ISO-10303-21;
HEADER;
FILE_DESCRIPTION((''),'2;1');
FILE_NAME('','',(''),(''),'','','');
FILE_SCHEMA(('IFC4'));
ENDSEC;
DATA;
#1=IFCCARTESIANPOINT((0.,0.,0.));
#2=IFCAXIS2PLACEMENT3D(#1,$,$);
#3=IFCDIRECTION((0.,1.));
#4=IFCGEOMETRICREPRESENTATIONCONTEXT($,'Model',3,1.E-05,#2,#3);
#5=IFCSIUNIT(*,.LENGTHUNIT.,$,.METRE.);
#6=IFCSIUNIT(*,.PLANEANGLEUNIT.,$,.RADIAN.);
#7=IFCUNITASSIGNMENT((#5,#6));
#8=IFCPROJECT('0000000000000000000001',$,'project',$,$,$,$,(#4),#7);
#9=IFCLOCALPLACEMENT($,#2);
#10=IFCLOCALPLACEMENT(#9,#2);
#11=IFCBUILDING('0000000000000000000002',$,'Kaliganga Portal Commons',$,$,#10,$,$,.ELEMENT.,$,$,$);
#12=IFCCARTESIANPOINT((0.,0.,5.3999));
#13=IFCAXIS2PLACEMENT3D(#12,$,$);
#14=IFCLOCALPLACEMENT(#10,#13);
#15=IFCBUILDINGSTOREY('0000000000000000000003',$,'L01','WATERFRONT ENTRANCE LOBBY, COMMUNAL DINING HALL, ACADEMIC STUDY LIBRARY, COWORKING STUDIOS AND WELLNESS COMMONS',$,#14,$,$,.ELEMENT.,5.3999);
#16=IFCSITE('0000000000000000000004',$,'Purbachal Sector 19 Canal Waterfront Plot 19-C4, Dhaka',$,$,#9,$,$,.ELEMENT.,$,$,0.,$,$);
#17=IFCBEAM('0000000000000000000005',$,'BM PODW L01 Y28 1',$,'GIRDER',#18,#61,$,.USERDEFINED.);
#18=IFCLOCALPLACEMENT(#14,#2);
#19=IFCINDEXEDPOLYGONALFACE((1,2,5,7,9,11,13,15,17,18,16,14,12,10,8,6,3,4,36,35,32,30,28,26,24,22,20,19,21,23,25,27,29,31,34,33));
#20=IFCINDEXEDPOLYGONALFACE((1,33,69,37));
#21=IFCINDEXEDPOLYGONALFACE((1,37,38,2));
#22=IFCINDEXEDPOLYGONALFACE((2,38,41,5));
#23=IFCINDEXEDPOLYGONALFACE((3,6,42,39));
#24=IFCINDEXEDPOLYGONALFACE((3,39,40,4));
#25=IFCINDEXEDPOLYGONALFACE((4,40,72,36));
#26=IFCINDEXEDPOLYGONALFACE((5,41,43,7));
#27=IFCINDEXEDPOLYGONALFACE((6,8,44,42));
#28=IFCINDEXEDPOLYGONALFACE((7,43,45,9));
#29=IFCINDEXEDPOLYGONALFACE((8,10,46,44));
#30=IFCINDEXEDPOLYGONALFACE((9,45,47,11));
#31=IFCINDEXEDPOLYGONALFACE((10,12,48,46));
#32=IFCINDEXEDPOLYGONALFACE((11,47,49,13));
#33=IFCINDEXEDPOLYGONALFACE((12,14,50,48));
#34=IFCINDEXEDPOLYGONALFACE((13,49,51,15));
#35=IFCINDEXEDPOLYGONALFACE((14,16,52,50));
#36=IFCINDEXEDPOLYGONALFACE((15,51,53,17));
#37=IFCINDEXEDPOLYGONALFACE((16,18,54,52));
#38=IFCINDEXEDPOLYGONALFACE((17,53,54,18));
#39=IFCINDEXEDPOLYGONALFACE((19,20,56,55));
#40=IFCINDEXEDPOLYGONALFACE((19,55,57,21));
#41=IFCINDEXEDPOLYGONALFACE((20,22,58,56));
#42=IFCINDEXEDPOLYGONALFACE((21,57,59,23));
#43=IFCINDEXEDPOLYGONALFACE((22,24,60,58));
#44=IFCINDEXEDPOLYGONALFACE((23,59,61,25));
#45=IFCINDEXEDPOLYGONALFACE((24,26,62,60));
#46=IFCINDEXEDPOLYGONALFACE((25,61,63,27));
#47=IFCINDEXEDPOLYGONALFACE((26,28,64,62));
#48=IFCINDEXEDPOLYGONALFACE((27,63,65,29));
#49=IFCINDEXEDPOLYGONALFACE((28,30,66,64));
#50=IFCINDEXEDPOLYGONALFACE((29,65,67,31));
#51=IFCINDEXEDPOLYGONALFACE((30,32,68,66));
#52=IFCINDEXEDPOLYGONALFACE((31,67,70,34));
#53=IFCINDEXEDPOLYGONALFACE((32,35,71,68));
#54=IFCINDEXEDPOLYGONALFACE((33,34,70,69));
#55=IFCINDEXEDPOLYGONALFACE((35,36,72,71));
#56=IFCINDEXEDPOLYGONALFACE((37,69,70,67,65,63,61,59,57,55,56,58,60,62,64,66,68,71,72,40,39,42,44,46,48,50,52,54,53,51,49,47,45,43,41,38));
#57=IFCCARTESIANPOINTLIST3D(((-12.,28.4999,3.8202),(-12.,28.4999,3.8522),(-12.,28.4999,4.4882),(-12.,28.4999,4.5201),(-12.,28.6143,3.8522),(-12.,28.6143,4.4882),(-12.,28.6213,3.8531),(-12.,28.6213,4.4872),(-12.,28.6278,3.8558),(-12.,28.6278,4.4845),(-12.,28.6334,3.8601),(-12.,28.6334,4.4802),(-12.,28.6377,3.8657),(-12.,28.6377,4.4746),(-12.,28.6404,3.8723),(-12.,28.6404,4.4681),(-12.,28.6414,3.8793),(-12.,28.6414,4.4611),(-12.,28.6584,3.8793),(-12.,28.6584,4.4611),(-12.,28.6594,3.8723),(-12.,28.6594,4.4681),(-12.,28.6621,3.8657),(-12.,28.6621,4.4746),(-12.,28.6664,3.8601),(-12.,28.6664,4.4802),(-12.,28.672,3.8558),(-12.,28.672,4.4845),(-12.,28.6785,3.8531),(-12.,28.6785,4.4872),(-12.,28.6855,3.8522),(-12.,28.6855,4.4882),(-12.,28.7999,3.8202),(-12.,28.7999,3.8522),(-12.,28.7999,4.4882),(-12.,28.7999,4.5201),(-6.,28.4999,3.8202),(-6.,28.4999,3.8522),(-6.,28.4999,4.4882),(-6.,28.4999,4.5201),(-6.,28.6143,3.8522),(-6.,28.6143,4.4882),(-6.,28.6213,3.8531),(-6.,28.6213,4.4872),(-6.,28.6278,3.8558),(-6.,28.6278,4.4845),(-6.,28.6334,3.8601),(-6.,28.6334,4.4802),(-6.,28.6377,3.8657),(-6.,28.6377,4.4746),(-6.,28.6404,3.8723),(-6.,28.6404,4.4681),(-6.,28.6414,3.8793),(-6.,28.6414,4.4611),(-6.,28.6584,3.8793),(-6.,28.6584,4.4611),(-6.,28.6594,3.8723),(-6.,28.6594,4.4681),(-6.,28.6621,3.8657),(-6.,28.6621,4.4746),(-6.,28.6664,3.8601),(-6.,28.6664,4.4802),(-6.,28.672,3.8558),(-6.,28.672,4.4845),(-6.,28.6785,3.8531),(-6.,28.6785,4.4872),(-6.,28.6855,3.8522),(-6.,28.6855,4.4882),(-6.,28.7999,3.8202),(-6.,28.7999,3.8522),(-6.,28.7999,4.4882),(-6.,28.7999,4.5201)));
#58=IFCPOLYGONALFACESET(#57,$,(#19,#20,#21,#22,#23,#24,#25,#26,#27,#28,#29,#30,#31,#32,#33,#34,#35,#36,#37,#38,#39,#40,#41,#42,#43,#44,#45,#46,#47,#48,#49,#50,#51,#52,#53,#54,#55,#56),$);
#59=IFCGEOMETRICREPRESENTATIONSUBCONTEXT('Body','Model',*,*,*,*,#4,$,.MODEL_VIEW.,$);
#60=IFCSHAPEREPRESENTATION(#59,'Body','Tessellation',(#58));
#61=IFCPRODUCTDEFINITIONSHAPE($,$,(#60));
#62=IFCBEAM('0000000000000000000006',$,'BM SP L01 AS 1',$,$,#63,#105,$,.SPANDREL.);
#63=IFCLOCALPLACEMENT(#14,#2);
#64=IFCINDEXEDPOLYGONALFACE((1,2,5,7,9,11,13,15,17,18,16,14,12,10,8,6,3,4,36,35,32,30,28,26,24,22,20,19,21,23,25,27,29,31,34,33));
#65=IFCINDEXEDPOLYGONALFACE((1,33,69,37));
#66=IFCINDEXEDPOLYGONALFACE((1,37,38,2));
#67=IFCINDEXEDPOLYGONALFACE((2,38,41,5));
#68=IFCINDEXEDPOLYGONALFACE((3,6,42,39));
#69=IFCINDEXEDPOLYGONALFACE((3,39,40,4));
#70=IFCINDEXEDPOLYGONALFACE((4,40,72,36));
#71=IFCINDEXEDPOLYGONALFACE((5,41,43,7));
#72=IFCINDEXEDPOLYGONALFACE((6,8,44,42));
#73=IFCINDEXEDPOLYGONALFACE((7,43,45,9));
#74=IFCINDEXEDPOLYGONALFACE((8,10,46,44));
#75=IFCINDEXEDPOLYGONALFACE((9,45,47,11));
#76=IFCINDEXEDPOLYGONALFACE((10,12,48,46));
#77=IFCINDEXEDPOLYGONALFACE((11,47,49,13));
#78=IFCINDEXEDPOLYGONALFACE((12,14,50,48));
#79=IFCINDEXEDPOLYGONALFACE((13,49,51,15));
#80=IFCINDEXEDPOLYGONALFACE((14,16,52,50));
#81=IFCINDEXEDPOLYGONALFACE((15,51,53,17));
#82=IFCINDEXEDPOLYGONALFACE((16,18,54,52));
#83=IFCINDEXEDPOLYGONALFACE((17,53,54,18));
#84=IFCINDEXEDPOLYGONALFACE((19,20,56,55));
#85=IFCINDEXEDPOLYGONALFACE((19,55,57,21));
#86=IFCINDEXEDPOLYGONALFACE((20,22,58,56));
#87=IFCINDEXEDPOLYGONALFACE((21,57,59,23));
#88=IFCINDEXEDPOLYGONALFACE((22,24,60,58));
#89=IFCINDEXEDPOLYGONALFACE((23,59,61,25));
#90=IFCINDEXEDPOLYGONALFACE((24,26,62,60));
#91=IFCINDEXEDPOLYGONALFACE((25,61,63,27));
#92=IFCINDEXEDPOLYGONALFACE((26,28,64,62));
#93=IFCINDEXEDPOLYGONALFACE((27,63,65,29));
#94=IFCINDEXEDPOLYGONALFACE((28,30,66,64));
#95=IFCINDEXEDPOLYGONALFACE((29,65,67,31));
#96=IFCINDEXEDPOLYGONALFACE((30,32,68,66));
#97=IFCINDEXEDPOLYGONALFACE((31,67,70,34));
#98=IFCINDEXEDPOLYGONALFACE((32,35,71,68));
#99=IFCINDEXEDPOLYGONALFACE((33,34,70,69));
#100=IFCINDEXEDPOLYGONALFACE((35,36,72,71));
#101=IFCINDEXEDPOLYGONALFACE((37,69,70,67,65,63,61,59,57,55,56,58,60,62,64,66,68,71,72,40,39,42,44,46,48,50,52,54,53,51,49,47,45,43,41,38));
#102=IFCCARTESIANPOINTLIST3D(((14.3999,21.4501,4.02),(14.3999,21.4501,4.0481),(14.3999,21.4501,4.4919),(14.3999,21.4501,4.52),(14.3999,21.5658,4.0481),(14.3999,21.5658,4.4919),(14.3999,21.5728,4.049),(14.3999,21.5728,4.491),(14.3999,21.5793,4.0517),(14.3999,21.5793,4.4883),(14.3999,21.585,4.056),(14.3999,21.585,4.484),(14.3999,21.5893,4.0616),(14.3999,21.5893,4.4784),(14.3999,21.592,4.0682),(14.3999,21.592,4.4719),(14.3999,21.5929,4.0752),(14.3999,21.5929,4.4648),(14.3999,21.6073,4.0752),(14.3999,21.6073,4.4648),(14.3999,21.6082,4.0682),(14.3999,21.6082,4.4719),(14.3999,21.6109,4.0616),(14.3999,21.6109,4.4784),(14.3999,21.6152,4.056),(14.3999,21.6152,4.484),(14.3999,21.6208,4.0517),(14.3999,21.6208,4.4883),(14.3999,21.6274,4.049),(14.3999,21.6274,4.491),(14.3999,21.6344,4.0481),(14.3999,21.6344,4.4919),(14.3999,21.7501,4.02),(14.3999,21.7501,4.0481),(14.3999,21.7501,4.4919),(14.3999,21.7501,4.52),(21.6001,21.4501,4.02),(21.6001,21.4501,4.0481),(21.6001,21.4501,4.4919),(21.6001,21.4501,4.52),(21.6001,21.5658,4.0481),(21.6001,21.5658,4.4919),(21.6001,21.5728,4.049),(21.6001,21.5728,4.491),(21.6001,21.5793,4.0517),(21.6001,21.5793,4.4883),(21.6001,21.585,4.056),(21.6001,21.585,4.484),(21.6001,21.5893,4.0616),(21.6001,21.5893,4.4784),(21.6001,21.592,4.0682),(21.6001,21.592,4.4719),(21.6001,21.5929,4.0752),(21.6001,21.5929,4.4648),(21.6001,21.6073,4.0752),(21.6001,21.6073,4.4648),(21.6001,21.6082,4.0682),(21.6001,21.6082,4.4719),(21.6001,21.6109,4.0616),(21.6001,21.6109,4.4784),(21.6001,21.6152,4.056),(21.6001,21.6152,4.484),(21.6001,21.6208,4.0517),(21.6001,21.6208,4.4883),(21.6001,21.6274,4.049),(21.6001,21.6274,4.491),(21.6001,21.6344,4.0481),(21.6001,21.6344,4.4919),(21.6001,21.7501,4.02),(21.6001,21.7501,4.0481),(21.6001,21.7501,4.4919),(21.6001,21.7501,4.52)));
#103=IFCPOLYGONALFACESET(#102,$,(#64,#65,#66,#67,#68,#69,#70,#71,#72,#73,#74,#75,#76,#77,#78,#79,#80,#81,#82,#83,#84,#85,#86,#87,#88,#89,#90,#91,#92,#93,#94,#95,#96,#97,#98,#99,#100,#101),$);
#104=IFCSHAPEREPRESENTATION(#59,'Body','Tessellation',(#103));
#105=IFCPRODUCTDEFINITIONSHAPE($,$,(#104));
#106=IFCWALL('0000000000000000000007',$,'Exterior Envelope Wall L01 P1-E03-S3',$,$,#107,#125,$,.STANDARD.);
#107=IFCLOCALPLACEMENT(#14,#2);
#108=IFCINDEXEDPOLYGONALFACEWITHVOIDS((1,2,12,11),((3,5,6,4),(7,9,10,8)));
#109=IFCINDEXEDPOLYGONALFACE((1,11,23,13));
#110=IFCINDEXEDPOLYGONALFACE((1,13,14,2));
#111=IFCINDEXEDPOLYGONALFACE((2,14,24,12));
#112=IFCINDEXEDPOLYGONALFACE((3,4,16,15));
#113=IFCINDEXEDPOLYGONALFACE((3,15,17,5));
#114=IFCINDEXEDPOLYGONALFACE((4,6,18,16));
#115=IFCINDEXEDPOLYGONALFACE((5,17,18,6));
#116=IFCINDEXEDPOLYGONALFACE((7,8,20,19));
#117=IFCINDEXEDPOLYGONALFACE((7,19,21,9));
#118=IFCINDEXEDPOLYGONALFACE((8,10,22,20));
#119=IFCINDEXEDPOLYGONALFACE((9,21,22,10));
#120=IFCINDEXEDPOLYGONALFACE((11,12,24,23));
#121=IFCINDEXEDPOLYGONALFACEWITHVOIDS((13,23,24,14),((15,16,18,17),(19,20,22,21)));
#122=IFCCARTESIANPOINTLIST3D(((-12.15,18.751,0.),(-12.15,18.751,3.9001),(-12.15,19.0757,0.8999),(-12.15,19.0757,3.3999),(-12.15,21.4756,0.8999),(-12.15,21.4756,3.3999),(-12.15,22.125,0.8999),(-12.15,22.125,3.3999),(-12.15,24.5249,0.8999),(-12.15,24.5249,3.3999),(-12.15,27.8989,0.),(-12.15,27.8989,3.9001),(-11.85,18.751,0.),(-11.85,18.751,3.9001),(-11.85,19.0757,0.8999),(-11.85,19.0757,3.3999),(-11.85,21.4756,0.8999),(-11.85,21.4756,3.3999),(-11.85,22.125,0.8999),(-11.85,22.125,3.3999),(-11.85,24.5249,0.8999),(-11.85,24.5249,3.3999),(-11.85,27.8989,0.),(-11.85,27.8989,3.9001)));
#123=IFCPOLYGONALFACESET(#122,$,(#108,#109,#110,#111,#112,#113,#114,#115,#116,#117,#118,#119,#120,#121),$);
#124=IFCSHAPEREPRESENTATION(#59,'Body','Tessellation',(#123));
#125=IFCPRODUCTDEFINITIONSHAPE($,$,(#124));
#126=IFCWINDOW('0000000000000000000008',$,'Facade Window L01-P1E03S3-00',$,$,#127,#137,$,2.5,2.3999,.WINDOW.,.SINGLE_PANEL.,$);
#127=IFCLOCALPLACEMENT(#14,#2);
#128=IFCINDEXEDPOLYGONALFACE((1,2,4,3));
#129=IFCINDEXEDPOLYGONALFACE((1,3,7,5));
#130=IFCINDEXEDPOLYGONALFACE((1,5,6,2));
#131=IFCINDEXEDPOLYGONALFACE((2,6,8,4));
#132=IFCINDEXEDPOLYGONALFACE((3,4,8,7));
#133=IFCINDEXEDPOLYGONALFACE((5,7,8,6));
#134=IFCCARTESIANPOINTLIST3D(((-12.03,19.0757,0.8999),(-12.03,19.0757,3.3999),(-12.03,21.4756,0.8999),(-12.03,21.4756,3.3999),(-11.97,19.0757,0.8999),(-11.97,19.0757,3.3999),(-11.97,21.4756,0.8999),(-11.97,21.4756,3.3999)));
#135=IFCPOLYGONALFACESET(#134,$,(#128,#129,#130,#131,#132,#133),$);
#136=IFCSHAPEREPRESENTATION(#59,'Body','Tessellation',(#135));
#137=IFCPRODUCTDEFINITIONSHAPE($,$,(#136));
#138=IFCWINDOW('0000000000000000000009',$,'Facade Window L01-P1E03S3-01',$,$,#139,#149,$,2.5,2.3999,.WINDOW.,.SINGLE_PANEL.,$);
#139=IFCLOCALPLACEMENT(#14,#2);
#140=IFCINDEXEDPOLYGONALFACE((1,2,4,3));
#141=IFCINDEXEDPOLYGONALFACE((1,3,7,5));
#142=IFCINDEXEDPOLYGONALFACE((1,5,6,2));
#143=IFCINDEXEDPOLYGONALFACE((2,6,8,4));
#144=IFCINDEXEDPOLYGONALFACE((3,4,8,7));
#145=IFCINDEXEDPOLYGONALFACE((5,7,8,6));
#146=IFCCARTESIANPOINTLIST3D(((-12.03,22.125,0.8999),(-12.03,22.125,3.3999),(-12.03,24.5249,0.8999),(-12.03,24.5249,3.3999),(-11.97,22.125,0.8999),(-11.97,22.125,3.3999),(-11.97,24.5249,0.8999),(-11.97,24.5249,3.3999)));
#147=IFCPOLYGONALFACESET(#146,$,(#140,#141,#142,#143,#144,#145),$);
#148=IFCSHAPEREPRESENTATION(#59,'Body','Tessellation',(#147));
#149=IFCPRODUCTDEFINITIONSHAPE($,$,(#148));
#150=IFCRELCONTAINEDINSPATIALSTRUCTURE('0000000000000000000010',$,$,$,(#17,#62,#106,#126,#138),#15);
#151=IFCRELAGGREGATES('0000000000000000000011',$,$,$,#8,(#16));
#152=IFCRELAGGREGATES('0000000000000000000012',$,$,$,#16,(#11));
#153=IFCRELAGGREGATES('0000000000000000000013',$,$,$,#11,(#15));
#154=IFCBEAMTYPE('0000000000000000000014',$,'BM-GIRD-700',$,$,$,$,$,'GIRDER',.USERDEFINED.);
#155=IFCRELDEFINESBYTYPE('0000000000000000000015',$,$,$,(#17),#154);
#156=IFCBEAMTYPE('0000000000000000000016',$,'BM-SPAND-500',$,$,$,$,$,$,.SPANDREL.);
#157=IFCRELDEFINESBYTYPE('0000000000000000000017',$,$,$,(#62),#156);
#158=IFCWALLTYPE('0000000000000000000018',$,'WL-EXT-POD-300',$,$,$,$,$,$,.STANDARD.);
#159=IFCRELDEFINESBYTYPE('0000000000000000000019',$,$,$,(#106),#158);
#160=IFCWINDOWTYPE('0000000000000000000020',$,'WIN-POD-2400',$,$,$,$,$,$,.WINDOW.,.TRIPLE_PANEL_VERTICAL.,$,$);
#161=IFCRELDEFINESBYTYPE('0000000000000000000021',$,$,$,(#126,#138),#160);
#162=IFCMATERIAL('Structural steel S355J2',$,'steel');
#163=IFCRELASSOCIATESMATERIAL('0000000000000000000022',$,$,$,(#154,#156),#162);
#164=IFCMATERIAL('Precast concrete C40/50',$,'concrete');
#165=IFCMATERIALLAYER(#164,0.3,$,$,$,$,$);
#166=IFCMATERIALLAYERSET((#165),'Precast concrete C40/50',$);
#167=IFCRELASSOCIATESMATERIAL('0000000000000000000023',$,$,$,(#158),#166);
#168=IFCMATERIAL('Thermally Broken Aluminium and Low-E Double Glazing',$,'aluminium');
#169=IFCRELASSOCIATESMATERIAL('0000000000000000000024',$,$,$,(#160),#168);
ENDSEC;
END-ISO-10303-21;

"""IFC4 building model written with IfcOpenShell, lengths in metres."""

from ifc_helpers import new_model, si_unit, direction, frame, frame_2d, origin, origin_2d, place, context, subcontext, project, spatial, rectangle, i_section, extrude, source, transform, mapped, material, layer, layer_set, material_profile, profile_set, type_object, element, fill, save


model = new_model("IFC4")

# Units and contexts
model_context = context("Model", 3, precision=1e-05, world=origin(), true_north=direction((0.0, 1.0)))
body_context = subcontext(model_context, "Body", "Model", "MODEL_VIEW")
ifc_project = project(units=[si_unit("LENGTHUNIT", "METRE"), si_unit("PLANEANGLEUNIT", "RADIAN")], contexts=[model_context])

# Site, building, storey
site_placement = place(None, origin())
site = spatial("IfcSite", under=ifc_project, at=site_placement, Name="Purbachal Sector 19 Canal Waterfront Plot 19-C4, Dhaka", CompositionType="ELEMENT", RefElevation=0.0)
building_placement = place(site_placement, origin())
building = spatial("IfcBuilding", under=site, at=building_placement, Name="Kaliganga Portal Commons", CompositionType="ELEMENT")
storey_placement = place(building_placement, frame((0.0, 0.0, 5.3999)))
storey = spatial("IfcBuildingStorey", under=building, at=storey_placement, Name="L01", Description="WATERFRONT ENTRANCE LOBBY, COMMUNAL DINING HALL, ACADEMIC STUDY LIBRARY, COWORKING STUDIOS AND WELLNESS COMMONS", CompositionType="ELEMENT", Elevation=5.3999)

# Beams
ifc_material_1 = material(Name="Structural steel S355J2", Category="steel")
ifc_material_profile_1 = material_profile(ifc_material_1, i_section(OverallWidth=0.3, OverallDepth=0.7, WebThickness=0.0171, FlangeThickness=0.032, FilletRadius=0.0271, at=origin_2d()), Name="HE 700 B")
ifc_profile_set_1 = profile_set([ifc_material_profile_1], Name="Structural steel S355J2 wide-flange")
beam_type_1 = type_object("IfcBeamType", Name="BM-GIRD-700", ElementType="GIRDER", PredefinedType="USERDEFINED", material=ifc_profile_set_1)
shared_shape_1 = source(origin(), body_context, "Body", "SweptSolid", [
    extrude(i_section(OverallWidth=0.3, OverallDepth=0.7, WebThickness=0.0171, FlangeThickness=0.032, FilletRadius=0.0271, at=origin_2d()), origin(), (0.0, 0.0, 1.0), 6.0),
])
beam_1_placement = place(storey_placement, frame((-12.0, 28.6499, 4.1702), z_axis=(1.0, 0.0, 0.0), x_axis=(0.0, 1.0, 0.0)))
element("IfcBeam", 1, at=beam_1_placement, inside=storey, type_object=beam_type_1, Name="BM PODW L01 Y28 1", ObjectType="GIRDER", PredefinedType="USERDEFINED", context=body_context, shape_type="MappedRepresentation", body=[
    mapped(shared_shape_1, transform((0.0, 0.0, 0.0), x_axis=(1.0, 0.0, 0.0), y_axis=(0.0, 1.0, 0.0), z_axis=(0.0, 0.0, 1.0), scale=1.0)),
])
ifc_material_profile_2 = material_profile(ifc_material_1, i_section(OverallWidth=0.3, OverallDepth=0.5, WebThickness=0.0144, FlangeThickness=0.0281, FilletRadius=0.0271, at=origin_2d()), Name="HE 500 B")
ifc_profile_set_2 = profile_set([ifc_material_profile_2], Name="Structural steel S355J2 wide-flange")
beam_type_2 = type_object("IfcBeamType", Name="BM-SPAND-500", PredefinedType="SPANDREL", material=ifc_profile_set_2)
shared_shape_2 = source(origin(), body_context, "Body", "SweptSolid", [
    extrude(i_section(OverallWidth=0.3, OverallDepth=0.5, WebThickness=0.0144, FlangeThickness=0.0281, FilletRadius=0.0271, at=origin_2d()), origin(), (0.0, 0.0, 1.0), 7.2002),
])
beam_2_placement = place(storey_placement, frame((14.3999, 21.6001, 4.27), z_axis=(1.0, 0.0, 0.0), x_axis=(0.0, 1.0, 0.0)))
element("IfcBeam", 2, at=beam_2_placement, inside=storey, type_object=beam_type_2, Name="BM SP L01 AS 1", PredefinedType="SPANDREL", context=body_context, shape_type="MappedRepresentation", body=[
    mapped(shared_shape_2, transform((0.0, 0.0, 0.0), x_axis=(1.0, 0.0, 0.0), y_axis=(0.0, 1.0, 0.0), z_axis=(0.0, 0.0, 1.0), scale=1.0)),
])

# Wall, openings, windows
ifc_material_2 = material(Name="Precast concrete C40/50", Category="concrete")
ifc_layer_1 = layer(ifc_material_2, 0.3)
ifc_layer_set_1 = layer_set([ifc_layer_1], Name="Precast concrete C40/50")
wall_type_1 = type_object("IfcWallType", Name="WL-EXT-POD-300", PredefinedType="STANDARD", material=ifc_layer_set_1)
wall_1_placement = place(storey_placement, frame((-12.0, 18.751, 0.0), z_axis=(0.0, 0.0, 1.0), x_axis=(0.0, 1.0, 0.0)))
wall_1 = element("IfcWall", 3, at=wall_1_placement, inside=storey, type_object=wall_type_1, Name="Exterior Envelope Wall L01 P1-E03-S3", PredefinedType="STANDARD", context=body_context, shape_type="SweptSolid", body=[
    extrude(rectangle(XDim=9.1479, YDim=0.3, at=frame_2d((4.574, 0.0))), origin(), (0.0, 0.0, 1.0), 3.9001),
])
opening_1_placement = place(wall_1_placement, frame((0.3247, 0.0, 0.8999)))
opening_1 = element("IfcOpeningElement", 4, at=opening_1_placement, cuts=wall_1, PredefinedType="OPENING", context=body_context, shape_type="SweptSolid", body=[
    extrude(rectangle(XDim=2.3999, YDim=2.5, at=frame_2d((1.2, 1.25))), frame((0.0, 0.1602, 0.0), z_axis=(0.0, -1.0, 0.0), x_axis=(1.0, 0.0, 0.0)), (0.0, 0.0, 1.0), 0.3201),
])
opening_2_placement = place(wall_1_placement, frame((3.374, 0.0, 0.8999)))
opening_2 = element("IfcOpeningElement", 5, at=opening_2_placement, cuts=wall_1, PredefinedType="OPENING", context=body_context, shape_type="SweptSolid", body=[
    extrude(rectangle(XDim=2.3999, YDim=2.5, at=frame_2d((1.2, 1.25))), frame((0.0, 0.1602, 0.0), z_axis=(0.0, -1.0, 0.0), x_axis=(1.0, 0.0, 0.0)), (0.0, 0.0, 1.0), 0.3201),
])
ifc_material_3 = material(Name="Thermally Broken Aluminium and Low-E Double Glazing", Category="aluminium")
window_type = type_object("IfcWindowType", Name="WIN-POD-2400", PartitioningType="TRIPLE_PANEL_VERTICAL", PredefinedType="WINDOW", material=ifc_material_3)
window_1_placement = place(opening_1_placement, origin())
window_1 = element("IfcWindow", 6, at=window_1_placement, inside=storey, type_object=window_type, Name="Facade Window L01-P1E03S3-00", OverallHeight=2.5, OverallWidth=2.3999, PartitioningType="SINGLE_PANEL", PredefinedType="WINDOW", context=body_context, shape_type="SweptSolid", body=[
    extrude(rectangle(XDim=2.3999, YDim=2.5, at=frame_2d((1.2, 1.25))), frame((0.0, 0.03, 0.0), z_axis=(0.0, -1.0, 0.0), x_axis=(1.0, 0.0, 0.0)), (0.0, 0.0, 1.0), 0.0601),
])
fill(opening_1, window_1)
window_2_placement = place(opening_2_placement, origin())
window_2 = element("IfcWindow", 7, at=window_2_placement, inside=storey, type_object=window_type, Name="Facade Window L01-P1E03S3-01", OverallHeight=2.5, OverallWidth=2.3999, PartitioningType="SINGLE_PANEL", PredefinedType="WINDOW", context=body_context, shape_type="SweptSolid", body=[
    extrude(rectangle(XDim=2.3999, YDim=2.5, at=frame_2d((1.2, 1.25))), frame((0.0, 0.03, 0.0), z_axis=(0.0, -1.0, 0.0), x_axis=(1.0, 0.0, 0.0)), (0.0, 0.0, 1.0), 0.0601),
])
fill(opening_2, window_2)

save(model, "model.ifc")
